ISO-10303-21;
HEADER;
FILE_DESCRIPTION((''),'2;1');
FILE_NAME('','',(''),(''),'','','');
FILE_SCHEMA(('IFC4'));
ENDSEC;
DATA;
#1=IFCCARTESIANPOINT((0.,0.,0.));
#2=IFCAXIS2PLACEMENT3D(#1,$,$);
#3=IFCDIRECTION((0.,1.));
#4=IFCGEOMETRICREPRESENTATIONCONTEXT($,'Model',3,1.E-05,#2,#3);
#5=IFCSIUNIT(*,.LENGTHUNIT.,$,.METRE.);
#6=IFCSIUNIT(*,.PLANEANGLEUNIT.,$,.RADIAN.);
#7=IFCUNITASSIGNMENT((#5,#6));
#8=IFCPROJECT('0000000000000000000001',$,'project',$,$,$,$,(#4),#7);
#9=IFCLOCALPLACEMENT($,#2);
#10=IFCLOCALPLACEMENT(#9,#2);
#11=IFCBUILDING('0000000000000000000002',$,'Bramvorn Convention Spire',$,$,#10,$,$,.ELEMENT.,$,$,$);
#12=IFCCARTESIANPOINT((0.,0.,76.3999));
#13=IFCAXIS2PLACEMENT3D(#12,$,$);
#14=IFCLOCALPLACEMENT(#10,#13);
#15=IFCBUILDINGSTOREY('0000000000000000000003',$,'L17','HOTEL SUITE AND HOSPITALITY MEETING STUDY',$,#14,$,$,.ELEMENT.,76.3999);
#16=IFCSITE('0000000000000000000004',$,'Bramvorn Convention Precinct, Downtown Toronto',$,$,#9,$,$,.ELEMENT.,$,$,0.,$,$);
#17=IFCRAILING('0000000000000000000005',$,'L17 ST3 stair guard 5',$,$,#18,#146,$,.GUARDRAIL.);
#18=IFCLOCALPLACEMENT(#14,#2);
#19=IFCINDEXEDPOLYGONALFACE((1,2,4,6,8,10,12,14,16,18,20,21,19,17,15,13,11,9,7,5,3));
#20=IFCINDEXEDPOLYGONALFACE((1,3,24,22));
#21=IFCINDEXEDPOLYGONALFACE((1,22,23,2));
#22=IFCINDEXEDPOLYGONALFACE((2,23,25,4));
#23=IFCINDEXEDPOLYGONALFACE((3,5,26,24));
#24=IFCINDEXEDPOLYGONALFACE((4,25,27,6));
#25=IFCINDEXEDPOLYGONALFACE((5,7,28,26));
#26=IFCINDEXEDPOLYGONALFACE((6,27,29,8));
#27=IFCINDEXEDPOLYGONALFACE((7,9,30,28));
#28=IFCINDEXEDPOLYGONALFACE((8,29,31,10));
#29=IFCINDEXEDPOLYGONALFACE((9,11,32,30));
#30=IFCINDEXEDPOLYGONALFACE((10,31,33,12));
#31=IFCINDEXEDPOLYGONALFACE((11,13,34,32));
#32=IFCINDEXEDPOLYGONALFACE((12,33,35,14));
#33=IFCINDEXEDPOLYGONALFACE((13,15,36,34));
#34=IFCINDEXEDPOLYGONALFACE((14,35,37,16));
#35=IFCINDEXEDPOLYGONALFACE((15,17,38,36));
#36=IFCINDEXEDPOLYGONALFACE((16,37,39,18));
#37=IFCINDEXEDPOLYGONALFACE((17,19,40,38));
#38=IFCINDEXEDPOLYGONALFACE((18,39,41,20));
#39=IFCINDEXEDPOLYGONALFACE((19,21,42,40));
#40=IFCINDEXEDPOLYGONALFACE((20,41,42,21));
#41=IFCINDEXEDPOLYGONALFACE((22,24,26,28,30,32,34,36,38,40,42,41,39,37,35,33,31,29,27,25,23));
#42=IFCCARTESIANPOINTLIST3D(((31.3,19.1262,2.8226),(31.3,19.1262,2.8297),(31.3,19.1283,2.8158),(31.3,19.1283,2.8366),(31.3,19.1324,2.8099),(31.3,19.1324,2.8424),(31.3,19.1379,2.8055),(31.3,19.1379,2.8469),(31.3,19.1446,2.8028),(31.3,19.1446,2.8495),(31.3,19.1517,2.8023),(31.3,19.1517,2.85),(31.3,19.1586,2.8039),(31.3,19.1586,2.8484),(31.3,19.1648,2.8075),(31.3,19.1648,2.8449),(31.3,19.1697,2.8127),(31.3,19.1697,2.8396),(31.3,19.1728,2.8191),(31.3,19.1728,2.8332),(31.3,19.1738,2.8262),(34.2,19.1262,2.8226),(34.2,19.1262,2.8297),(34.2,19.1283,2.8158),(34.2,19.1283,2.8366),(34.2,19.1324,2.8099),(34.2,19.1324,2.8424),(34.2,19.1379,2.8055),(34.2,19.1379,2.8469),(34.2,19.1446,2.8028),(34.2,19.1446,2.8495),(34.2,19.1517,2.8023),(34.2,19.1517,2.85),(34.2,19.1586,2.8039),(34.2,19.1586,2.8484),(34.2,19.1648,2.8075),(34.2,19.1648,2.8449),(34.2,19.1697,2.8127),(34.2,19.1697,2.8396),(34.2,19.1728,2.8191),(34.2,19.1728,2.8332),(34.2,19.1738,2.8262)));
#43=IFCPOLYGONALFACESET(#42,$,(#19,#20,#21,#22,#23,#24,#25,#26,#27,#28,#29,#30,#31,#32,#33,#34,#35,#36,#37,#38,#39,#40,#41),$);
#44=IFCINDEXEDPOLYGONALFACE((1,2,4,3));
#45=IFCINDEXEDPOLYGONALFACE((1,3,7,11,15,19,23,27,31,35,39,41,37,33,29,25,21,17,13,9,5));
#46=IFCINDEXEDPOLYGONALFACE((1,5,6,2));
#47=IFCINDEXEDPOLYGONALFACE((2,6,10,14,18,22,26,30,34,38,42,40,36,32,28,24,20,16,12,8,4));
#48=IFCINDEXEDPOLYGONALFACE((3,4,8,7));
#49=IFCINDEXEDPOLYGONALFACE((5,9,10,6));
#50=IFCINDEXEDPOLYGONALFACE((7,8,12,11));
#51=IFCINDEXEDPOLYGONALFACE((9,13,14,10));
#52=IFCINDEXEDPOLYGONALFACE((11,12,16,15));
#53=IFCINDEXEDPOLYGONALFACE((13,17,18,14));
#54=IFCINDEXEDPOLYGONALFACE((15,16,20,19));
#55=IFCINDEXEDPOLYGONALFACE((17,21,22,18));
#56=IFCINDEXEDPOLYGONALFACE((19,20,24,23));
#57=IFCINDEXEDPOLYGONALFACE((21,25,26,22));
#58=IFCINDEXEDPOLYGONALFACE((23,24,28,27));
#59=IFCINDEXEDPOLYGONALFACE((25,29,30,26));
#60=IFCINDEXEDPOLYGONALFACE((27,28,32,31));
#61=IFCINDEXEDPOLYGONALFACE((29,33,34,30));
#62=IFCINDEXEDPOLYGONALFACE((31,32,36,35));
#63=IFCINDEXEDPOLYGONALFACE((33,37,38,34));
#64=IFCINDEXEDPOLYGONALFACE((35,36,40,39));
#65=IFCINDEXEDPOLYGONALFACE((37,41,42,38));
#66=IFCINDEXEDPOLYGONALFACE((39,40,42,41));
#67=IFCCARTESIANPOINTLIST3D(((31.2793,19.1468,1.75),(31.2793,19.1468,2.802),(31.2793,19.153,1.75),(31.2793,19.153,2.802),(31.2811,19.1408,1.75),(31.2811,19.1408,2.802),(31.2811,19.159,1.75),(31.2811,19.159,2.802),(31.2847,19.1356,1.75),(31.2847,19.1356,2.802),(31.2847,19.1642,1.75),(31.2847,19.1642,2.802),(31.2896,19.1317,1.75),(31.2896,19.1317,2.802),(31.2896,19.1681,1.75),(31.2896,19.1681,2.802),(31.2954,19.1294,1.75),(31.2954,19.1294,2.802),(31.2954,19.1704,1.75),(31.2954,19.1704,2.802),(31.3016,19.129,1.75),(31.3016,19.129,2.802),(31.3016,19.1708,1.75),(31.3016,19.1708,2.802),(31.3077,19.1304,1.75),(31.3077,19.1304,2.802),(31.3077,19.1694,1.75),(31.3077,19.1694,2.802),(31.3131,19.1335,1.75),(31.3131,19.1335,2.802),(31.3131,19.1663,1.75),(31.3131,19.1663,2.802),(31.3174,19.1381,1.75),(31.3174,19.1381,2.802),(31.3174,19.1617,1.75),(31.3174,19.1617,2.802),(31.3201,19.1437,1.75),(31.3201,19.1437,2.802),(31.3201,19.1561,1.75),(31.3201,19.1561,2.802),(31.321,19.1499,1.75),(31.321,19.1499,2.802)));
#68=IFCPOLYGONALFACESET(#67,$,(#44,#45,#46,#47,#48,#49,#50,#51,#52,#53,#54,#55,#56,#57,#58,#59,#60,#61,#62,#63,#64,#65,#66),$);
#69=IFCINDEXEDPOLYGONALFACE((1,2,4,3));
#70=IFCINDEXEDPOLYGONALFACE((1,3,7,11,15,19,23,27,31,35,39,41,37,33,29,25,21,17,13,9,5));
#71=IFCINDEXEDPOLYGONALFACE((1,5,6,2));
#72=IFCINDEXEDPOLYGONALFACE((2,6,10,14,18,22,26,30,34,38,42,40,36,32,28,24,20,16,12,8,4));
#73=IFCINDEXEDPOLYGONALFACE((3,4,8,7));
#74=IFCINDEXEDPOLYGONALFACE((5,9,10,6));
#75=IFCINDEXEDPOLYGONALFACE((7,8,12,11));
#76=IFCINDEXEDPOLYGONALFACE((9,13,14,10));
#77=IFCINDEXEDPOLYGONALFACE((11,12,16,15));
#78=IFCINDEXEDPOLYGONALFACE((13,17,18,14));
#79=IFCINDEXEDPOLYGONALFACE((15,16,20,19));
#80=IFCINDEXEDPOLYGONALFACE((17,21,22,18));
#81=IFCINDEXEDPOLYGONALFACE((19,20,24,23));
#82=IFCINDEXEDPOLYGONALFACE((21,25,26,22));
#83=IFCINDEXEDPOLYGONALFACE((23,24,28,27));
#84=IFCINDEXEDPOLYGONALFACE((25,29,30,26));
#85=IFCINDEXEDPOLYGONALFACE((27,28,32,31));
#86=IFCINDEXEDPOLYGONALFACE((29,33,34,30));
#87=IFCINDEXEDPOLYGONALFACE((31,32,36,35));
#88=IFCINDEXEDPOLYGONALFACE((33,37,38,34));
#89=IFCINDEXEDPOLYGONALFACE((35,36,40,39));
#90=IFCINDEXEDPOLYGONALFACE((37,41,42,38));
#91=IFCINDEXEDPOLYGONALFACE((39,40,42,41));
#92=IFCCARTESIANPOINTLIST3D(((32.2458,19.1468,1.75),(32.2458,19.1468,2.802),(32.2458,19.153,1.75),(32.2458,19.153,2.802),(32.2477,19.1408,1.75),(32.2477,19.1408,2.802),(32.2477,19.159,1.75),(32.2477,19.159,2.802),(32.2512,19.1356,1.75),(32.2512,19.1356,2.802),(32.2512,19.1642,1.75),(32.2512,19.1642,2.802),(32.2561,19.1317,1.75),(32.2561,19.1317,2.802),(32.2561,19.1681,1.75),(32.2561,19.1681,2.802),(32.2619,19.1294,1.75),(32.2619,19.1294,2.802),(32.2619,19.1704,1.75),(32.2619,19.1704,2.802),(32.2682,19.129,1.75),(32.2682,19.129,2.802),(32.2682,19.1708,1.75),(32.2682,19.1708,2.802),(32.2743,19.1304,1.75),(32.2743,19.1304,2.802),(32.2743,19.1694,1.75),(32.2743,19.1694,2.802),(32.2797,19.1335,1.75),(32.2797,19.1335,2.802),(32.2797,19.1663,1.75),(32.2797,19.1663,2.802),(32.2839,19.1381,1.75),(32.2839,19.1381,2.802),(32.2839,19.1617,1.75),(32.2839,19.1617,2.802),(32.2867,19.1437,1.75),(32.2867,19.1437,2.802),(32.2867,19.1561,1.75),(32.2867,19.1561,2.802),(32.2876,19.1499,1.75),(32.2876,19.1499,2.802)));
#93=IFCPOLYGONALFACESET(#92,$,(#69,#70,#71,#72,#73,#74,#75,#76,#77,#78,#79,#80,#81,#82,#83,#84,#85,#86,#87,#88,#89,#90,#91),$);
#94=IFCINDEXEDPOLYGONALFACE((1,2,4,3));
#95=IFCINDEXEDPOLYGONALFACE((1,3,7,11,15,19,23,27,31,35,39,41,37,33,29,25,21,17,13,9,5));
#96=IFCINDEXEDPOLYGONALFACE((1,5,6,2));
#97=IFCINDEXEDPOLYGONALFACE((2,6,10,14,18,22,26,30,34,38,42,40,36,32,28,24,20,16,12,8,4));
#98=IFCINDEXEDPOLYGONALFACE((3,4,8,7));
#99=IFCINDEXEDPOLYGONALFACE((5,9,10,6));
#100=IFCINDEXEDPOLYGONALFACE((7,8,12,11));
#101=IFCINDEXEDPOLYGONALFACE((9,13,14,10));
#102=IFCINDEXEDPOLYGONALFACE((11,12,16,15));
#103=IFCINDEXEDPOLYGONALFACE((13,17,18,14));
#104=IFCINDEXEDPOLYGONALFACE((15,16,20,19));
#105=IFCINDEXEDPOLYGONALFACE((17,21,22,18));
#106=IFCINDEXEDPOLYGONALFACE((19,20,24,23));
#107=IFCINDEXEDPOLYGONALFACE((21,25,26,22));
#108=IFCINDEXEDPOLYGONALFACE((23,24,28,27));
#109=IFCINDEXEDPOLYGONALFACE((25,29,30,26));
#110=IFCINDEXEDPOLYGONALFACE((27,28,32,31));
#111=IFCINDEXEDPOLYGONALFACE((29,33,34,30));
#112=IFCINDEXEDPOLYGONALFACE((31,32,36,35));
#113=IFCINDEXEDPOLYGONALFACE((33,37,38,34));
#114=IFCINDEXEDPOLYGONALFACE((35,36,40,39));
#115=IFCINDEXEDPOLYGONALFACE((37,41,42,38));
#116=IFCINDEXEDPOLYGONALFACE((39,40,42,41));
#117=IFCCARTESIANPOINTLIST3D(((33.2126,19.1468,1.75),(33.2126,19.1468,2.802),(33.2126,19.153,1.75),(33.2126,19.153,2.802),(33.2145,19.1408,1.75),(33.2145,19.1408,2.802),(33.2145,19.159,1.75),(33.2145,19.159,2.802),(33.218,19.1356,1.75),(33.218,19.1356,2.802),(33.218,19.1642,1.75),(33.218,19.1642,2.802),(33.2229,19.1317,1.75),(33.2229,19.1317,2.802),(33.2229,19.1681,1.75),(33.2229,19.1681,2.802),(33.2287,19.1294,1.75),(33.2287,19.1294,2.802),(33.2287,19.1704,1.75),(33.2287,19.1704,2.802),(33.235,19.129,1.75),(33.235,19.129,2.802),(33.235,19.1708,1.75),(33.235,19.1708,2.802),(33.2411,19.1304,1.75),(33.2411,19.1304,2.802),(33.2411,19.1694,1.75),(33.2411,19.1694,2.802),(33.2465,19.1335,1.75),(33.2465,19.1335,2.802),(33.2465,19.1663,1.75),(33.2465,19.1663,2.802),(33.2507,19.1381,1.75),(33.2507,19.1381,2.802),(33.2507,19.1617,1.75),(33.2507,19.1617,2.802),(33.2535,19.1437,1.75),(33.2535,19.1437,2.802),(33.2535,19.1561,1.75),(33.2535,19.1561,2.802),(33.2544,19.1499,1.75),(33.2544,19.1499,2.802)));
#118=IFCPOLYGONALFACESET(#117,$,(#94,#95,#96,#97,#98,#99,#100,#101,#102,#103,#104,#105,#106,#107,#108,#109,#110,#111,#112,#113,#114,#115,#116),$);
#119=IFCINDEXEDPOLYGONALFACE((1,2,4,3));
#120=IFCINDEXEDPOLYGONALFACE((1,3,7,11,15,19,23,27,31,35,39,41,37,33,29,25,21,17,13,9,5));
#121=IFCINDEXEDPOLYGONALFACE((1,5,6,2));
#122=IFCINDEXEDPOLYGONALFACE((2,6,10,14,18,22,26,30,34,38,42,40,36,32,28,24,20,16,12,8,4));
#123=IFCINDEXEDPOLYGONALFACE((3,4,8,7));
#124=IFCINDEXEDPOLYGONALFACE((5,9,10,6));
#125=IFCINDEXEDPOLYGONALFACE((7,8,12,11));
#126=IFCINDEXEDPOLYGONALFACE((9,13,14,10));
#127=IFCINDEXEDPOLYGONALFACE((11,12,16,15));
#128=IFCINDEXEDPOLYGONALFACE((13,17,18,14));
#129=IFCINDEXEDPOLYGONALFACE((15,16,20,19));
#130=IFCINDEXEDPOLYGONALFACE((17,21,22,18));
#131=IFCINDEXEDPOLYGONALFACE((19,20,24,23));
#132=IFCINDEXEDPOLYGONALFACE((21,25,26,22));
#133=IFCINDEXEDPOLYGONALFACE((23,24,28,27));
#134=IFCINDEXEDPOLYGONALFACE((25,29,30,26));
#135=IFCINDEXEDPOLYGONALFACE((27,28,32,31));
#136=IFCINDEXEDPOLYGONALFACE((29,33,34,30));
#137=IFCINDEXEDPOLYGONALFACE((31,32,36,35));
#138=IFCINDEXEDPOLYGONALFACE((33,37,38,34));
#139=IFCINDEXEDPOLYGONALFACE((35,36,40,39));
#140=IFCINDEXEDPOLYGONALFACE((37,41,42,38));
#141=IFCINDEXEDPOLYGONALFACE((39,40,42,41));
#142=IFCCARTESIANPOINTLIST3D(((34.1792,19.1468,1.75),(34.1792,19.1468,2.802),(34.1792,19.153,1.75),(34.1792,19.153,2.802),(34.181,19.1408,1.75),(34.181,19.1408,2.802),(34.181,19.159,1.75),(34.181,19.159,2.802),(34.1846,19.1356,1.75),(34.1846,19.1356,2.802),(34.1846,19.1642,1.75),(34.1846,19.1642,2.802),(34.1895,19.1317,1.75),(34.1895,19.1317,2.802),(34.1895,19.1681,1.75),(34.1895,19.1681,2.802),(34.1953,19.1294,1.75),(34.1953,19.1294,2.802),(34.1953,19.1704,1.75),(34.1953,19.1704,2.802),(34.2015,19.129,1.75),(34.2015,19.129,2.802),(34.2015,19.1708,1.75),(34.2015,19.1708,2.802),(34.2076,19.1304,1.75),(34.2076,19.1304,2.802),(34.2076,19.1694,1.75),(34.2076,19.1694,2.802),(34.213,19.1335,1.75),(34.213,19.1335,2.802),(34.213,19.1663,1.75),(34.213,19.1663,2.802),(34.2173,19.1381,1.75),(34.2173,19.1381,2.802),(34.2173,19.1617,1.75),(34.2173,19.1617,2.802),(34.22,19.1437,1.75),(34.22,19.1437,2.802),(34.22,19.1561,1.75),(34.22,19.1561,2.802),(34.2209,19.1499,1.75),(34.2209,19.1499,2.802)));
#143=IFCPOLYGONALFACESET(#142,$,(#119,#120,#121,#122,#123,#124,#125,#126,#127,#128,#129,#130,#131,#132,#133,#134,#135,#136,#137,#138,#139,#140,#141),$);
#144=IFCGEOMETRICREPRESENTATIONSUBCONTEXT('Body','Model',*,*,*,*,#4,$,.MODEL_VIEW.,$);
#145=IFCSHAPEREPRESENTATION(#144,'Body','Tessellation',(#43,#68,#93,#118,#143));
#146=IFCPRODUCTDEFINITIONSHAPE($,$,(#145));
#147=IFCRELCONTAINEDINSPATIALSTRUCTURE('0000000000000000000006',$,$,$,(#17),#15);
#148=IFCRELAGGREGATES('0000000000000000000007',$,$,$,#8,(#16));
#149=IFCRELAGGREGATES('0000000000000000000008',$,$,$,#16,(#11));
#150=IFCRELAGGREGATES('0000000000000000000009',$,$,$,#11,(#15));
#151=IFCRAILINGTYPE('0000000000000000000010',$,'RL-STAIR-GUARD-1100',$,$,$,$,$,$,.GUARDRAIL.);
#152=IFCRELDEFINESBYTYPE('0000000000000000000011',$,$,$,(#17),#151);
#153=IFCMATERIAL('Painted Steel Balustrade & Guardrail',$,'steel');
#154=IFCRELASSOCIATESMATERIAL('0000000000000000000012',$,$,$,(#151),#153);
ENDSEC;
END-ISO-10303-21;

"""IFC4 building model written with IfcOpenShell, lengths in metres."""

from ifc_helpers import new_model, si_unit, direction, frame, origin, origin_2d, place, context, subcontext, project, spatial, circle, extrude, material, type_object, element, save


model = new_model("IFC4")

# Units and contexts
model_context = context("Model", 3, precision=1e-05, world=origin(), true_north=direction((0.0, 1.0)))
body_context = subcontext(model_context, "Body", "Model", "MODEL_VIEW")
ifc_project = project(units=[si_unit("LENGTHUNIT", "METRE"), si_unit("PLANEANGLEUNIT", "RADIAN")], contexts=[model_context])

# Site, building, storey
site_placement = place(None, origin())
site = spatial("IfcSite", under=ifc_project, at=site_placement, Name="Bramvorn Convention Precinct, Downtown Toronto", CompositionType="ELEMENT", RefElevation=0.0)
building_placement = place(site_placement, origin())
building = spatial("IfcBuilding", under=site, at=building_placement, Name="Bramvorn Convention Spire", CompositionType="ELEMENT")
storey_placement = place(building_placement, frame((0.0, 0.0, 76.3999)))
storey = spatial("IfcBuildingStorey", under=building, at=storey_placement, Name="L17", Description="HOTEL SUITE AND HOSPITALITY MEETING STUDY", CompositionType="ELEMENT", Elevation=76.3999)

# Railing
ifc_material_1 = material(Name="Painted Steel Balustrade & Guardrail", Category="steel")
railing_type = type_object("IfcRailingType", Name="RL-STAIR-GUARD-1100", PredefinedType="GUARDRAIL", material=ifc_material_1)
railing_1_placement = place(storey_placement, frame((31.3, 19.1499, 1.75)))
element("IfcRailing", 1, at=railing_1_placement, inside=storey, type_object=railing_type, Name="L17 ST3 stair guard 5", PredefinedType="GUARDRAIL", context=body_context, shape_type="SweptSolid", body=[
    extrude(circle(Radius=0.0239, at=origin_2d()), frame((0.0, 0.0, 1.0762), z_axis=(1.0, 0.0, 0.0), x_axis=(0.0, 1.0, 0.0)), (0.0, 0.0, 1.0), 2.8999),
    extrude(circle(Radius=0.021, at=origin_2d()), origin(), (0.0, 0.0, 1.0), 1.052),
    extrude(circle(Radius=0.021, at=origin_2d()), frame((0.9666, 0.0, 0.0)), (0.0, 0.0, 1.0), 1.052),
    extrude(circle(Radius=0.021, at=origin_2d()), frame((1.9333, 0.0, 0.0)), (0.0, 0.0, 1.0), 1.052),
    extrude(circle(Radius=0.021, at=origin_2d()), frame((2.8999, 0.0, 0.0)), (0.0, 0.0, 1.0), 1.052),
])

save(model, "model.ifc")
